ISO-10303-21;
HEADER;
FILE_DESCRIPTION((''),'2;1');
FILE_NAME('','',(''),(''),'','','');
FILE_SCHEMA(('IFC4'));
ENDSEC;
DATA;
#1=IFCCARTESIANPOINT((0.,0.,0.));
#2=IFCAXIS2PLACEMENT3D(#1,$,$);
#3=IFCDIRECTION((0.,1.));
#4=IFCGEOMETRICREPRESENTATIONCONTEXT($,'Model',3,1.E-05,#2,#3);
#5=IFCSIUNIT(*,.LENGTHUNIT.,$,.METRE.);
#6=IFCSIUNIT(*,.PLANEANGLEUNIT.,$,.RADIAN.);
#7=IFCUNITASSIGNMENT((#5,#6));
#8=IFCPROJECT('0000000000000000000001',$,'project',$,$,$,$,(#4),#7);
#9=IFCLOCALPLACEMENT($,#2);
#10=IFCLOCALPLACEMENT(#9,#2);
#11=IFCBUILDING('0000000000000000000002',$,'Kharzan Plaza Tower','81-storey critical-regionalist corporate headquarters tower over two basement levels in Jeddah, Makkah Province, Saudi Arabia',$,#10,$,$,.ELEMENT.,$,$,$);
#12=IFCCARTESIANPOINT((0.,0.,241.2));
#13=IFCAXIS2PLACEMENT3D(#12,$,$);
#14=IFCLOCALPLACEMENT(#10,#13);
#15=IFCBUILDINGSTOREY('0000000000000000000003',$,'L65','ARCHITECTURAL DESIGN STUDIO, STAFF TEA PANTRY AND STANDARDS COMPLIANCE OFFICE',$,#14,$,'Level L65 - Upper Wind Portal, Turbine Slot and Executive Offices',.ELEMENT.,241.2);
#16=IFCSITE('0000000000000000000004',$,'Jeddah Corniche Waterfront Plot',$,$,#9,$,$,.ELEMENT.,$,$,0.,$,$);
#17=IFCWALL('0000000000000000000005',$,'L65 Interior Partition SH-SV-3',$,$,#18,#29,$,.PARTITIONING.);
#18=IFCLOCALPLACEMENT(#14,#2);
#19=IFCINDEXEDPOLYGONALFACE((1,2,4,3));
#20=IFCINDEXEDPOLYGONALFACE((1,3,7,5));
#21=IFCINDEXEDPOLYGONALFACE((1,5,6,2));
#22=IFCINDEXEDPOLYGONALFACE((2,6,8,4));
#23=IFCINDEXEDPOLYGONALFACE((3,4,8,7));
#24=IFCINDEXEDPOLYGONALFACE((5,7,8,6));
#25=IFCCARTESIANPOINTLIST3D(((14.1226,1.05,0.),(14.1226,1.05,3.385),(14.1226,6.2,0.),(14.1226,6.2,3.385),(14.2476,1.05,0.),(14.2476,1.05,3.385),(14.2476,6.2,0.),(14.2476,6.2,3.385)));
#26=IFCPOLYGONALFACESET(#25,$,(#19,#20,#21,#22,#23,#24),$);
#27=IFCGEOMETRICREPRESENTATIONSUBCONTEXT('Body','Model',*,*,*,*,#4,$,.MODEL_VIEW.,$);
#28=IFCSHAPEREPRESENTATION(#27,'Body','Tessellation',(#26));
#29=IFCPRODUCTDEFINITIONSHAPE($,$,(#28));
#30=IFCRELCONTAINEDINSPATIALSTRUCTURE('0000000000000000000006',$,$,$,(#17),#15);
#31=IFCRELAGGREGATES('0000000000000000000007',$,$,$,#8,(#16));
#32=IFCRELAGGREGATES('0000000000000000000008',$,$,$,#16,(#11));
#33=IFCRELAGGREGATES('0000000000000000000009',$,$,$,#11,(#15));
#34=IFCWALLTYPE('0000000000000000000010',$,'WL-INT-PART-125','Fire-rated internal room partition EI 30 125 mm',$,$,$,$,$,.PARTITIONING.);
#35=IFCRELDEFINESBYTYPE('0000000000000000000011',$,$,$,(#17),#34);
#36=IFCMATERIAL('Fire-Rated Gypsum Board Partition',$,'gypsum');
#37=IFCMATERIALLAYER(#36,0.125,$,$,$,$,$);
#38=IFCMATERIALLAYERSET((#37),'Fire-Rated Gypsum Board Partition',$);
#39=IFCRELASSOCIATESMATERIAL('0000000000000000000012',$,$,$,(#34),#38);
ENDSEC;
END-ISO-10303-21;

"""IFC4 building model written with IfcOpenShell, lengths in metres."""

from ifc_helpers import new_model, si_unit, direction, frame, frame_2d, origin, place, context, subcontext, project, spatial, rectangle, extrude, source, transform, mapped, material, layer, layer_set, type_object, element, save


model = new_model("IFC4")

# Units and contexts
model_context = context("Model", 3, precision=1e-05, world=origin(), true_north=direction((0.0, 1.0)))
body_context = subcontext(model_context, "Body", "Model", "MODEL_VIEW")
ifc_project = project(units=[si_unit("LENGTHUNIT", "METRE"), si_unit("PLANEANGLEUNIT", "RADIAN")], contexts=[model_context])

# Site, building, storey
site_placement = place(None, origin())
site = spatial("IfcSite", under=ifc_project, at=site_placement, Name="Jeddah Corniche Waterfront Plot", CompositionType="ELEMENT", RefElevation=0.0)
building_placement = place(site_placement, origin())
building = spatial("IfcBuilding", under=site, at=building_placement, Name="Kharzan Plaza Tower", Description="81-storey critical-regionalist corporate headquarters tower over two basement levels in Jeddah, Makkah Province, Saudi Arabia", CompositionType="ELEMENT")
storey_placement = place(building_placement, frame((0.0, 0.0, 241.2)))
storey = spatial("IfcBuildingStorey", under=building, at=storey_placement, Name="L65", Description="ARCHITECTURAL DESIGN STUDIO, STAFF TEA PANTRY AND STANDARDS COMPLIANCE OFFICE", LongName="Level L65 - Upper Wind Portal, Turbine Slot and Executive Offices", CompositionType="ELEMENT", Elevation=241.2)

# Shared definitions
ifc_material_1 = material(Name="Fire-Rated Gypsum Board Partition", Category="gypsum")
ifc_layer_1 = layer(ifc_material_1, 0.125)
ifc_layer_set_1 = layer_set([ifc_layer_1], Name="Fire-Rated Gypsum Board Partition")
wall_type_1 = type_object("IfcWallType", Name="WL-INT-PART-125", Description="Fire-rated internal room partition EI 30 125 mm", PredefinedType="PARTITIONING", material=ifc_layer_set_1)

# Wall
shared_shape_1 = source(origin(), body_context, "Body", "SweptSolid", [
    extrude(rectangle(XDim=5.1499, YDim=0.125, at=frame_2d((2.575, 0.0))), origin(), (0.0, 0.0, 1.0), 3.385),
])
wall_1_placement = place(storey_placement, frame((14.1851, 1.05, 0.0), z_axis=(0.0, 0.0, 1.0), x_axis=(0.0, 1.0, 0.0)))
element("IfcWall", 1, at=wall_1_placement, inside=storey, type_object=wall_type_1, Name="L65 Interior Partition SH-SV-3", PredefinedType="PARTITIONING", context=body_context, shape_type="MappedRepresentation", body=[
    mapped(shared_shape_1, transform((0.0, 0.0, 0.0), x_axis=(1.0, 0.0, 0.0), y_axis=(0.0, 1.0, 0.0), z_axis=(0.0, 0.0, 1.0))),
])

save(model, "model.ifc")
